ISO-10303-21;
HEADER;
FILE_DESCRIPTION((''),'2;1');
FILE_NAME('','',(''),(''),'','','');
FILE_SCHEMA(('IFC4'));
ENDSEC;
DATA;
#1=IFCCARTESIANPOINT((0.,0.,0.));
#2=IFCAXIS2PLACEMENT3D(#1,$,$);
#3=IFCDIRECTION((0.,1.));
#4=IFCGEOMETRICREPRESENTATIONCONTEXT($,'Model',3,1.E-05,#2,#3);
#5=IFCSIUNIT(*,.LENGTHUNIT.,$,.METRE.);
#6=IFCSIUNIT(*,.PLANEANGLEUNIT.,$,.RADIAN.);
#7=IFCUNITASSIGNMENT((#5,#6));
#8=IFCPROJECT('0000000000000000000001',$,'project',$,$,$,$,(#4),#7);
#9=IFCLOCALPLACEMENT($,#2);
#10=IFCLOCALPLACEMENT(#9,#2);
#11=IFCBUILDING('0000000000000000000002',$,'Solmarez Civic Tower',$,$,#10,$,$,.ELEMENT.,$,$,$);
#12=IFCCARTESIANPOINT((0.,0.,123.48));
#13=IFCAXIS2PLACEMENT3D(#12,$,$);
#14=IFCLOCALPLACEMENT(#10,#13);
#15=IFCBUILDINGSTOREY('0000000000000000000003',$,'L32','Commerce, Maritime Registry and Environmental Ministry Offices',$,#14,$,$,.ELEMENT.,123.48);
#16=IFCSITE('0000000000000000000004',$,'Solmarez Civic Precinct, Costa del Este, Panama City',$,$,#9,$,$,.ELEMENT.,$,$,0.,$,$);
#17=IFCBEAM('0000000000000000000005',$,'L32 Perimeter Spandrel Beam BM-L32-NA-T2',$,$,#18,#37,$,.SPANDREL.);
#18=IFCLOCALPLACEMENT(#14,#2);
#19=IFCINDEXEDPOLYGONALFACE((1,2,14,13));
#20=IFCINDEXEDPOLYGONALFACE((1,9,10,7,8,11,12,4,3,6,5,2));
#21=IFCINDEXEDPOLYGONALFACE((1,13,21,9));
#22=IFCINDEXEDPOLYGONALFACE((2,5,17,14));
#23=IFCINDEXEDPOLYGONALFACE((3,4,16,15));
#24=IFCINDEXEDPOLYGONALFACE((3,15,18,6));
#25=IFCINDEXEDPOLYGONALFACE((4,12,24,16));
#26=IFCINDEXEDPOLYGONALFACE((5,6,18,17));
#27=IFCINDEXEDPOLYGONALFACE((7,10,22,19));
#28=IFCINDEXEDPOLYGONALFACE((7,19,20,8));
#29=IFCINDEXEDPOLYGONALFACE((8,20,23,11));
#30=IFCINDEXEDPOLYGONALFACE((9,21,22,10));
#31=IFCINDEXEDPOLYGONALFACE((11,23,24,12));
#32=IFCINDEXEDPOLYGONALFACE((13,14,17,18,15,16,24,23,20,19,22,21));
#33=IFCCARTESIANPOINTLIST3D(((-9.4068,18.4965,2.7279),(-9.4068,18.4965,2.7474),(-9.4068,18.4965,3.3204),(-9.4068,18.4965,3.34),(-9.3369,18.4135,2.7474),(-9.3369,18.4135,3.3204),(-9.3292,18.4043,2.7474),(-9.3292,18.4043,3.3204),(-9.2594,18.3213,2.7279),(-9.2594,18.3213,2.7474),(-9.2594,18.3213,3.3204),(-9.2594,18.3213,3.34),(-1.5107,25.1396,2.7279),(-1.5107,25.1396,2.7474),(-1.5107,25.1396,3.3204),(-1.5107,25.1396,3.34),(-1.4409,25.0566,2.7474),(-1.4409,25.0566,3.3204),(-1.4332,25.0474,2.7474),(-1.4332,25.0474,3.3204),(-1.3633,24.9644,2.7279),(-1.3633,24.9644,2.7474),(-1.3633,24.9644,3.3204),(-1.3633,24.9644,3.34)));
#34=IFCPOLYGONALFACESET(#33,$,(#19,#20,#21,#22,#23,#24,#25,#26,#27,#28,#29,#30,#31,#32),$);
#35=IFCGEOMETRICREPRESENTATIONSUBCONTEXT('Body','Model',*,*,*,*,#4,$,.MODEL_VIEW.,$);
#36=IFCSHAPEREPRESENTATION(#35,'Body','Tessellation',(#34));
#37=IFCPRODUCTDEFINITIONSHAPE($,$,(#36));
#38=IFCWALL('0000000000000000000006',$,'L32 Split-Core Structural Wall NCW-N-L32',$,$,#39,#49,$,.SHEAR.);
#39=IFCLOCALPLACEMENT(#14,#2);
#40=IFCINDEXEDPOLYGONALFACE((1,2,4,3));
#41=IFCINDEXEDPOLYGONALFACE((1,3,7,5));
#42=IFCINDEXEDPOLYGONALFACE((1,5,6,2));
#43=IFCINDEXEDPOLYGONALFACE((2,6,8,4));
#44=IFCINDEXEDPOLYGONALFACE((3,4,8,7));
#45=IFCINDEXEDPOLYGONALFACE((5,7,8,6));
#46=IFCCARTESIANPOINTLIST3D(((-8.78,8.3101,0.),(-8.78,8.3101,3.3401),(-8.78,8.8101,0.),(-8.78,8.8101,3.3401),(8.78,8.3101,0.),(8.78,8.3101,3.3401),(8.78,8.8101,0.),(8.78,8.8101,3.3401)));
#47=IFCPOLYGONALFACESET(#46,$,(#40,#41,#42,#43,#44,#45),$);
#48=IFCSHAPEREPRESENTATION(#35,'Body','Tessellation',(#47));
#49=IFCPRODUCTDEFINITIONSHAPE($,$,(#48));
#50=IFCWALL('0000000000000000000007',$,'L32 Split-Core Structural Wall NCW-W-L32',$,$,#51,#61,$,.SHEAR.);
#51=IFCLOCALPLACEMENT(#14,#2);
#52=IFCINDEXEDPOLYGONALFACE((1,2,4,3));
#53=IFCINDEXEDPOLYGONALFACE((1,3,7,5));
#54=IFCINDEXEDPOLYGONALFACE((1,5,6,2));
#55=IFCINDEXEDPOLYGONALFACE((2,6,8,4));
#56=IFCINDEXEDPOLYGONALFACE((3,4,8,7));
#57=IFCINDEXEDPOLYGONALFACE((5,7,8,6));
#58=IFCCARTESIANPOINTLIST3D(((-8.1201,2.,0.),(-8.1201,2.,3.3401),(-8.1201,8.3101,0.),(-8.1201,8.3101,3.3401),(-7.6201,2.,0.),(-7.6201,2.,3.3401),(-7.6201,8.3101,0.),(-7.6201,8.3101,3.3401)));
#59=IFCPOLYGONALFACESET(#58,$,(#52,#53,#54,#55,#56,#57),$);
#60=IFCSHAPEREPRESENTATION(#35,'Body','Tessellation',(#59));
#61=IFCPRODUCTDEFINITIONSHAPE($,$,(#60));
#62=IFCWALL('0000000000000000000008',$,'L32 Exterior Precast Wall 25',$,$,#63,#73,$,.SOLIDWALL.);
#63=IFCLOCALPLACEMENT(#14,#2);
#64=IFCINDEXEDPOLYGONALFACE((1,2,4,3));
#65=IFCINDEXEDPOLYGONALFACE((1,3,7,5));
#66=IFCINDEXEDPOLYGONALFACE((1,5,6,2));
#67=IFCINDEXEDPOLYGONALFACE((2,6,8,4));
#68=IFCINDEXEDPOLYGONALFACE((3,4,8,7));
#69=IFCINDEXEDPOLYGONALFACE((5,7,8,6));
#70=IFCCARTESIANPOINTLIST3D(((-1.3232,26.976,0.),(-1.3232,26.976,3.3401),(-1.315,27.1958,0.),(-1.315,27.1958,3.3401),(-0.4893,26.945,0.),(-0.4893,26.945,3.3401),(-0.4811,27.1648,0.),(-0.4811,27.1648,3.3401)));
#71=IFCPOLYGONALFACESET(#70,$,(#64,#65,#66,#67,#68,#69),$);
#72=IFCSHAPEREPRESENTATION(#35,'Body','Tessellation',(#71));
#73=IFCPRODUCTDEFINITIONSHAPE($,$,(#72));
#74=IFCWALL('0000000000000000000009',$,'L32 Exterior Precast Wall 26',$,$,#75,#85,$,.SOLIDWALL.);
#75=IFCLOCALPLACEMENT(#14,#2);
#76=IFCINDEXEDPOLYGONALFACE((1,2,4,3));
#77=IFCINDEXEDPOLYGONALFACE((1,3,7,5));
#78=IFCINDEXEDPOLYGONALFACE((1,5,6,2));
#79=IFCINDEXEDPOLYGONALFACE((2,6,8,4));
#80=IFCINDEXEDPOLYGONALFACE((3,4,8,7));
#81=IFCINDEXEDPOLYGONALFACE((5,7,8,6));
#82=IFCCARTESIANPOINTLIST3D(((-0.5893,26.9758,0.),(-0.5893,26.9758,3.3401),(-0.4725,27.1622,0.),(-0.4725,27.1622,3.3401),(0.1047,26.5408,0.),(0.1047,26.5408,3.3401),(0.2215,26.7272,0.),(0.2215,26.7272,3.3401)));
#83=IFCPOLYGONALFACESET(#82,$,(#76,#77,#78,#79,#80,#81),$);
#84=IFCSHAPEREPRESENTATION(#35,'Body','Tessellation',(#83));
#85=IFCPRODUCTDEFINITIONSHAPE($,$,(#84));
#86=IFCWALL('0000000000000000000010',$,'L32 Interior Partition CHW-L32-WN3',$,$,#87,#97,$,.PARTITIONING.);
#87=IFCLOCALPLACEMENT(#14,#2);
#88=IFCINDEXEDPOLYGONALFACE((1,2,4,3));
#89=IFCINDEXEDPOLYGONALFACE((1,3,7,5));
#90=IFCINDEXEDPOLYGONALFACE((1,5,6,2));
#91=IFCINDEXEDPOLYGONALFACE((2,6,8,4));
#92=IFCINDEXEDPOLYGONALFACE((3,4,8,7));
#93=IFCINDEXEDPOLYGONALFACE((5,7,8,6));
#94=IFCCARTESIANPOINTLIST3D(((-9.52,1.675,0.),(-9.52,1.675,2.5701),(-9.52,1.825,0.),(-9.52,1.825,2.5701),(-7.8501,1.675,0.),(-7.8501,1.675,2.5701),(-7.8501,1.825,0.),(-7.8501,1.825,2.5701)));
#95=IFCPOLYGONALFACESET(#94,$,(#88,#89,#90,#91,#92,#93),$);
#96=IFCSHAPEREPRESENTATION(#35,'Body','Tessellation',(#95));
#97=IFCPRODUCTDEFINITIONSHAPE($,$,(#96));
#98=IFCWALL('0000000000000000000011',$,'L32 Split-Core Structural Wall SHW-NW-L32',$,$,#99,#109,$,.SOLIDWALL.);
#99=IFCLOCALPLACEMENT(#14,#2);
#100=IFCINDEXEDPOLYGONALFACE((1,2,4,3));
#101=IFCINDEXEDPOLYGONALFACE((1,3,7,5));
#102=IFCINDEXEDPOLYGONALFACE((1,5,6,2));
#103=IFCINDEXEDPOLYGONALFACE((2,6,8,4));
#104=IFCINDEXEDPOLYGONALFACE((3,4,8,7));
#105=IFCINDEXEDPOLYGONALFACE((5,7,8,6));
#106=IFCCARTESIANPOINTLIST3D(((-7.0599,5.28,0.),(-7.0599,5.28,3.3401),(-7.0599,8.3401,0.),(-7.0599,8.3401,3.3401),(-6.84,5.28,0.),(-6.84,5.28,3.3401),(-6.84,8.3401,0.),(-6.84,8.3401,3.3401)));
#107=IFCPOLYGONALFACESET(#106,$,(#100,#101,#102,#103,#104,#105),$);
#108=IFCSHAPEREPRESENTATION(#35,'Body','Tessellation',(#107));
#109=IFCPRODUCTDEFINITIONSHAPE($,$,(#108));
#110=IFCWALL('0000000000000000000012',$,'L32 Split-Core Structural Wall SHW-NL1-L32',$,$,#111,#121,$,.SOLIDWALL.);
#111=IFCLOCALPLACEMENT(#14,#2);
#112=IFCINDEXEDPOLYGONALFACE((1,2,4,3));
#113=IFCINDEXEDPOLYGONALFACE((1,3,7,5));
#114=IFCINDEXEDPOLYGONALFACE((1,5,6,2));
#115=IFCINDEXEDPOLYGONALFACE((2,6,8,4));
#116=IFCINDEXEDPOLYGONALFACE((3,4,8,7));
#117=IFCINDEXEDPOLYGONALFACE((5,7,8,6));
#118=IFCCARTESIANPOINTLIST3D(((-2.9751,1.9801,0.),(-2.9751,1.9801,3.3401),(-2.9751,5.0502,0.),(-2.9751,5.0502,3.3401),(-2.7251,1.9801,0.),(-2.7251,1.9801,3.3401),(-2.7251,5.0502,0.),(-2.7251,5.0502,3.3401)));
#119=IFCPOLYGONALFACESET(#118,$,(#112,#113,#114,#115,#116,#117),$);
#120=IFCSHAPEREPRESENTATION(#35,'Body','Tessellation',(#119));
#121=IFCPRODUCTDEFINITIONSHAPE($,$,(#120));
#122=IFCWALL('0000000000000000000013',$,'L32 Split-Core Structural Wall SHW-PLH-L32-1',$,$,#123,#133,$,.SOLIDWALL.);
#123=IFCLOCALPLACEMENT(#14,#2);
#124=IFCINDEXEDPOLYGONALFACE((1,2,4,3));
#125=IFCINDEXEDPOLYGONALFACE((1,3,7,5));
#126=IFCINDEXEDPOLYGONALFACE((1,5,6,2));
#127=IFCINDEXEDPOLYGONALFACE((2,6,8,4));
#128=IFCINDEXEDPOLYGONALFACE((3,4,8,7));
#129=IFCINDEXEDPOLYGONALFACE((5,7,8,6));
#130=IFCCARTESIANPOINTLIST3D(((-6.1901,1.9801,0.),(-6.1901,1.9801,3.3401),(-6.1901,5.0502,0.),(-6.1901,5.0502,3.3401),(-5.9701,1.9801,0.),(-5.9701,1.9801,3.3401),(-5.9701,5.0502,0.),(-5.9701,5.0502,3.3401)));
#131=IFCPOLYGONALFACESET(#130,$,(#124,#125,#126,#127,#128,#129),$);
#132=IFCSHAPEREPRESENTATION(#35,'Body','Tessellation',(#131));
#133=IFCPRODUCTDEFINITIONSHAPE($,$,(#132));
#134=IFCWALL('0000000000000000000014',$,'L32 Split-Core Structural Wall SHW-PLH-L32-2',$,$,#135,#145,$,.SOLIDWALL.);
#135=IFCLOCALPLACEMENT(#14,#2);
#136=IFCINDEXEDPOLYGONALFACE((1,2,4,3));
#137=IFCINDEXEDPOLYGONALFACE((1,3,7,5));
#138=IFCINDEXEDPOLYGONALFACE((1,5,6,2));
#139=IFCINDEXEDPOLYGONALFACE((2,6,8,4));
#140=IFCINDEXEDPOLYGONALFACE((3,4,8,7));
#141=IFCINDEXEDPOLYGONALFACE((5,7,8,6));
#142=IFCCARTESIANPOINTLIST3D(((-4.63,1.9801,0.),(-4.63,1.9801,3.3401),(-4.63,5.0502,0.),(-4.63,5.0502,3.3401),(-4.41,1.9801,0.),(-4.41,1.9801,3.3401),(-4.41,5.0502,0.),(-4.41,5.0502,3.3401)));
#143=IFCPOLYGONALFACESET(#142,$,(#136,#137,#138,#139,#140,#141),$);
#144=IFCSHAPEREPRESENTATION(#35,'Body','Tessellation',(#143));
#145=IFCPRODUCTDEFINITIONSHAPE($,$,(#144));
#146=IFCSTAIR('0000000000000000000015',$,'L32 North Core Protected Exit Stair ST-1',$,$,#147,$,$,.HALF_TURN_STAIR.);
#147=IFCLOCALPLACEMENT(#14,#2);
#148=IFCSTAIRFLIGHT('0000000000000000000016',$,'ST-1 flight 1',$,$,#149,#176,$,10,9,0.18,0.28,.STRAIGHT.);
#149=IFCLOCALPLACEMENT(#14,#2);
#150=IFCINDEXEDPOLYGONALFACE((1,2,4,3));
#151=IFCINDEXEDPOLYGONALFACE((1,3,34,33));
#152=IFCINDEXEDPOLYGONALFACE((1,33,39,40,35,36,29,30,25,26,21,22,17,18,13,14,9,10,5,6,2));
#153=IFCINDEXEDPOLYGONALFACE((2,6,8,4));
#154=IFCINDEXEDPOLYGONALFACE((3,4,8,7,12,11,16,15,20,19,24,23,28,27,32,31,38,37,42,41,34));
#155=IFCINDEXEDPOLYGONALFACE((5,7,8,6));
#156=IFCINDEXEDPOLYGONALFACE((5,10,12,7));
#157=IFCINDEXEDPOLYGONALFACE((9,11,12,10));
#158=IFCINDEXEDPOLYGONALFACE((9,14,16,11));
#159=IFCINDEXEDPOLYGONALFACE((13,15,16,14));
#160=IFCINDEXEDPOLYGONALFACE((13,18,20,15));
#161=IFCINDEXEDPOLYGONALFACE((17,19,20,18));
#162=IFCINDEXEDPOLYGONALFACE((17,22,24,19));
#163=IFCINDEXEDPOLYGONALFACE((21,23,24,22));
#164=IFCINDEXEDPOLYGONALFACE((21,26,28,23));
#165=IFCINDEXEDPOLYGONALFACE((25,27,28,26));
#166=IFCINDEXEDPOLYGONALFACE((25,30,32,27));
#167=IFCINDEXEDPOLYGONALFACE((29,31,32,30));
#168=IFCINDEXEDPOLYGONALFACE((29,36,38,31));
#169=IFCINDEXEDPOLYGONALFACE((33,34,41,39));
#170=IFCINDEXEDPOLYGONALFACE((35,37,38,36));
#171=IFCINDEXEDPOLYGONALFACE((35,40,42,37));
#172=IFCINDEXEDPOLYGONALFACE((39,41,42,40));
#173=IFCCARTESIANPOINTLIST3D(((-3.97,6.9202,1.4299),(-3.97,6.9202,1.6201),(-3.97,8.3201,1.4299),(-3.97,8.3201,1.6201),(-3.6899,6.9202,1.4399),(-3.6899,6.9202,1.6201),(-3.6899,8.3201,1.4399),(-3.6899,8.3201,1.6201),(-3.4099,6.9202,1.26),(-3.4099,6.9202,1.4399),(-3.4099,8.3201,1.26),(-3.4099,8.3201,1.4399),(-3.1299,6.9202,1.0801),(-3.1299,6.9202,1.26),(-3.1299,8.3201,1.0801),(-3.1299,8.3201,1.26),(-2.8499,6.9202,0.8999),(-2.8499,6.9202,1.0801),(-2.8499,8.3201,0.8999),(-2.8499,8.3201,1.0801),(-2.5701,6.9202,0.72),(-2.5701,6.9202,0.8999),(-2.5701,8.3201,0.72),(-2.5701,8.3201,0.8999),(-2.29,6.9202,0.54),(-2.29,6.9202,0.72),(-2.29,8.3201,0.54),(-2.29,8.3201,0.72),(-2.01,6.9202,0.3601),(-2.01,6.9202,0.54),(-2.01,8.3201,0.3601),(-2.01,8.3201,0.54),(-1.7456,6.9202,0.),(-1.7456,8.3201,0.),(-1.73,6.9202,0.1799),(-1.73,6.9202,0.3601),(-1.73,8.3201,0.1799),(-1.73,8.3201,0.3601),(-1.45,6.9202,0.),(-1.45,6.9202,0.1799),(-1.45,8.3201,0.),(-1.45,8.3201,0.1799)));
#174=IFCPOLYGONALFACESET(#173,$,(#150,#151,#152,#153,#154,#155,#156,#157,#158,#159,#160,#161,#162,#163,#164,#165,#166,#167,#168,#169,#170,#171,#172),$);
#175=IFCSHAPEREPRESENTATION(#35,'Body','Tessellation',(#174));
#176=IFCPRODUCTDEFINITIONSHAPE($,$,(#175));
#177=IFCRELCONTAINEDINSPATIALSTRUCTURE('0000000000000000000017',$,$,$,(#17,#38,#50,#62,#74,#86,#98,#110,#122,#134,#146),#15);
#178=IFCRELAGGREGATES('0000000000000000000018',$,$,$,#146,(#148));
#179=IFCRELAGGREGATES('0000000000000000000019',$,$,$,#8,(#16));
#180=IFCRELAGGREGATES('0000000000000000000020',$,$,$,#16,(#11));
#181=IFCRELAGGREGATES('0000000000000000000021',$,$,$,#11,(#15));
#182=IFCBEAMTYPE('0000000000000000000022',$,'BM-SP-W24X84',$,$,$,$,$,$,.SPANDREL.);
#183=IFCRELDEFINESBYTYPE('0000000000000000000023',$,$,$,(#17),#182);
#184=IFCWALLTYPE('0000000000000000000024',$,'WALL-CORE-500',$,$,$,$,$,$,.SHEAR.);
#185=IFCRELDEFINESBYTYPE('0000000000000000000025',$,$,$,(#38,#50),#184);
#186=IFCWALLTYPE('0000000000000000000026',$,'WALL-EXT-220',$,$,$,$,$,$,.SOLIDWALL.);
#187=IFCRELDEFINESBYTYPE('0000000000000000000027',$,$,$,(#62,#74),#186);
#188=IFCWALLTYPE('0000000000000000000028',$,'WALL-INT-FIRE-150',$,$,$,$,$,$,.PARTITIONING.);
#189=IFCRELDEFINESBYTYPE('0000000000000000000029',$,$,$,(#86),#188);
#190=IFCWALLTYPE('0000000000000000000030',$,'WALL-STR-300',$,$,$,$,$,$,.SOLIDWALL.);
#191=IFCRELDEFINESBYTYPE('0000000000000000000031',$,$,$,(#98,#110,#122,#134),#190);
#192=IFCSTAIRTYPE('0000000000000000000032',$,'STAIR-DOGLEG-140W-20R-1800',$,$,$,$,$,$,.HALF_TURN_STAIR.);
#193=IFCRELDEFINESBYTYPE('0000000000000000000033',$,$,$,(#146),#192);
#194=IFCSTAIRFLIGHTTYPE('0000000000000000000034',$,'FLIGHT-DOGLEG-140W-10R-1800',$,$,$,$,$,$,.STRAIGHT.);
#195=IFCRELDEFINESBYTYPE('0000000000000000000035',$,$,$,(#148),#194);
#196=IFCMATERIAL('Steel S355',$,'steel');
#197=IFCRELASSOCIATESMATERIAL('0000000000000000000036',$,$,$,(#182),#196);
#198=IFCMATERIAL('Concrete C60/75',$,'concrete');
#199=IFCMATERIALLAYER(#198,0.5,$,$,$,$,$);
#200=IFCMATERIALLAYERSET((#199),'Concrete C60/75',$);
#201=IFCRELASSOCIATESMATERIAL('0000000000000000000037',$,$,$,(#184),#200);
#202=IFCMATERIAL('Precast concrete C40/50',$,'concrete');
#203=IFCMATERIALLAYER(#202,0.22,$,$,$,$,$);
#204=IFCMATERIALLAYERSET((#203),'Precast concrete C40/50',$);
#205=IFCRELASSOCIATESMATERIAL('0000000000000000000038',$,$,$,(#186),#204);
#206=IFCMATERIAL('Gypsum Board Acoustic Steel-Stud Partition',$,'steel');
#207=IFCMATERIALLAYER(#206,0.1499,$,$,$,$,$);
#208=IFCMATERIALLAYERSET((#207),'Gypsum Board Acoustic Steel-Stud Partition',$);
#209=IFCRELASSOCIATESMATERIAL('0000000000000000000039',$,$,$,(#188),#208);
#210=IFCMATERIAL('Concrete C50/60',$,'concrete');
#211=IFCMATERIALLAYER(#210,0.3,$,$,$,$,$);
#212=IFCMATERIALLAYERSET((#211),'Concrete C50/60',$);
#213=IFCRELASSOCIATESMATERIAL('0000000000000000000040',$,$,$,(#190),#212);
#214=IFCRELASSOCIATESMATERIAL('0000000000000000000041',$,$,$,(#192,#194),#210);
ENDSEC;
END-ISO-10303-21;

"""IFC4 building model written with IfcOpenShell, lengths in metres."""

from ifc_helpers import new_model, si_unit, direction, frame, frame_2d, origin, origin_2d, place, context, subcontext, project, spatial, polyline, rectangle, i_section, outline, extrude, material, layer, layer_set, material_profile, profile_set, type_object, element, aggregate, save


model = new_model("IFC4")

# Units and contexts
model_context = context("Model", 3, precision=1e-05, world=origin(), true_north=direction((0.0, 1.0)))
body_context = subcontext(model_context, "Body", "Model", "MODEL_VIEW")
ifc_project = project(units=[si_unit("LENGTHUNIT", "METRE"), si_unit("PLANEANGLEUNIT", "RADIAN")], contexts=[model_context])

# Site, building, storey
site_placement = place(None, origin())
site = spatial("IfcSite", under=ifc_project, at=site_placement, Name="Solmarez Civic Precinct, Costa del Este, Panama City", CompositionType="ELEMENT", RefElevation=0.0)
building_placement = place(site_placement, origin())
building = spatial("IfcBuilding", under=site, at=building_placement, Name="Solmarez Civic Tower", CompositionType="ELEMENT")
storey_placement = place(building_placement, frame((0.0, 0.0, 123.48)))
storey = spatial("IfcBuildingStorey", under=building, at=storey_placement, Name="L32", Description="Commerce, Maritime Registry and Environmental Ministry Offices", CompositionType="ELEMENT", Elevation=123.48)

# Shared definitions
ifc_material_1 = material(Name="Concrete C50/60", Category="concrete")

# Beam
ifc_material_2 = material(Name="Steel S355", Category="steel")
ifc_material_profile_1 = material_profile(ifc_material_2, i_section(OverallWidth=0.229, OverallDepth=0.6121, WebThickness=0.012, FlangeThickness=0.0195, at=origin_2d()), Name="W24X84")
ifc_profile_set_1 = profile_set([ifc_material_profile_1], Name="Steel S355")
beam_type_1 = type_object("IfcBeamType", Name="BM-SP-W24X84", PredefinedType="SPANDREL", material=ifc_profile_set_1)
beam_1_placement = place(storey_placement, frame((-1.437, 25.052, 3.0339), z_axis=(-0.765207, -0.643784, 0.0), x_axis=(0.643784, -0.765207, 0.0)))
element("IfcBeam", 1, at=beam_1_placement, inside=storey, type_object=beam_type_1, Name="L32 Perimeter Spandrel Beam BM-L32-NA-T2", PredefinedType="SPANDREL", context=body_context, shape_type="SweptSolid", body=[
    extrude(i_section(OverallWidth=0.229, OverallDepth=0.6121, WebThickness=0.012, FlangeThickness=0.0195, at=origin_2d()), origin(), (0.0, 0.0, 1.0), 10.3188),
])

# Walls
ifc_material_3 = material(Name="Concrete C60/75", Category="concrete")
ifc_layer_1 = layer(ifc_material_3, 0.5)
ifc_layer_set_1 = layer_set([ifc_layer_1], Name="Concrete C60/75")
wall_type_1 = type_object("IfcWallType", Name="WALL-CORE-500", PredefinedType="SHEAR", material=ifc_layer_set_1)
wall_1_placement = place(storey_placement, frame((-8.78, 8.5601, 0.0), z_axis=(0.0, 0.0, 1.0), x_axis=(1.0, 0.0, 0.0)))
element("IfcWall", 2, at=wall_1_placement, inside=storey, type_object=wall_type_1, Name="L32 Split-Core Structural Wall NCW-N-L32", PredefinedType="SHEAR", context=body_context, shape_type="SweptSolid", body=[
    extrude(rectangle(XDim=17.5601, YDim=0.5, at=frame_2d((8.78, 0.0))), origin(), (0.0, 0.0, 1.0), 3.3401),
])
wall_2_placement = place(storey_placement, frame((-7.8701, 2.0, 0.0), z_axis=(0.0, 0.0, 1.0), x_axis=(0.0, 1.0, 0.0)))
element("IfcWall", 3, at=wall_2_placement, inside=storey, type_object=wall_type_1, Name="L32 Split-Core Structural Wall NCW-W-L32", PredefinedType="SHEAR", context=body_context, shape_type="SweptSolid", body=[
    extrude(rectangle(XDim=6.3101, YDim=0.5, at=frame_2d((3.155, 0.0))), origin(), (0.0, 0.0, 1.0), 3.3401),
])
ifc_material_4 = material(Name="Precast concrete C40/50", Category="concrete")
ifc_layer_2 = layer(ifc_material_4, 0.22)
ifc_layer_set_2 = layer_set([ifc_layer_2], Name="Precast concrete C40/50")
wall_type_2 = type_object("IfcWallType", Name="WALL-EXT-220", PredefinedType="SOLIDWALL", material=ifc_layer_set_2)
wall_3_placement = place(storey_placement, frame((-1.3191, 27.0859, 0.0), z_axis=(0.0, 0.0, 1.0), x_axis=(0.99931, -0.037152, 0.0)))
element("IfcWall", 4, at=wall_3_placement, inside=storey, type_object=wall_type_2, Name="L32 Exterior Precast Wall 25", PredefinedType="SOLIDWALL", context=body_context, shape_type="SweptSolid", body=[
    extrude(rectangle(XDim=0.8345, YDim=0.22, at=frame_2d((0.4172, 0.0))), origin(), (0.0, 0.0, 1.0), 3.3401),
])
wall_4_placement = place(storey_placement, frame((-0.531, 27.0691, 0.0), z_axis=(0.0, 0.0, 1.0), x_axis=(0.847311, -0.531097, 0.0)))
element("IfcWall", 5, at=wall_4_placement, inside=storey, type_object=wall_type_2, Name="L32 Exterior Precast Wall 26", PredefinedType="SOLIDWALL", context=body_context, shape_type="SweptSolid", body=[
    extrude(rectangle(XDim=0.8191, YDim=0.22, at=frame_2d((0.4097, 0.0))), origin(), (0.0, 0.0, 1.0), 3.3401),
])
ifc_material_5 = material(Name="Gypsum Board Acoustic Steel-Stud Partition", Category="steel")
ifc_layer_3 = layer(ifc_material_5, 0.1499)
ifc_layer_set_3 = layer_set([ifc_layer_3], Name="Gypsum Board Acoustic Steel-Stud Partition")
wall_type_3 = type_object("IfcWallType", Name="WALL-INT-FIRE-150", PredefinedType="PARTITIONING", material=ifc_layer_set_3)
wall_5_placement = place(storey_placement, frame((-7.8501, 1.75, 0.0), z_axis=(0.0, 0.0, 1.0), x_axis=(-1.0, 0.0, 0.0)))
element("IfcWall", 6, at=wall_5_placement, inside=storey, type_object=wall_type_3, Name="L32 Interior Partition CHW-L32-WN3", PredefinedType="PARTITIONING", context=body_context, shape_type="SweptSolid", body=[
    extrude(rectangle(XDim=1.6699, YDim=0.1499, at=frame_2d((0.835, 0.0))), origin(), (0.0, 0.0, 1.0), 2.5701),
])
ifc_layer_4 = layer(ifc_material_1, 0.3)
ifc_layer_set_4 = layer_set([ifc_layer_4], Name="Concrete C50/60")
wall_type_4 = type_object("IfcWallType", Name="WALL-STR-300", PredefinedType="SOLIDWALL", material=ifc_layer_set_4)
wall_6_placement = place(storey_placement, frame((-6.95, 5.28, 0.0), z_axis=(0.0, 0.0, 1.0), x_axis=(0.0, 1.0, 0.0)))
element("IfcWall", 7, at=wall_6_placement, inside=storey, type_object=wall_type_4, Name="L32 Split-Core Structural Wall SHW-NW-L32", PredefinedType="SOLIDWALL", context=body_context, shape_type="SweptSolid", body=[
    extrude(rectangle(XDim=3.0601, YDim=0.22, at=frame_2d((1.53, 0.0))), origin(), (0.0, 0.0, 1.0), 3.3401),
])
wall_7_placement = place(storey_placement, frame((-2.8501, 1.98, 0.0), z_axis=(0.0, 0.0, 1.0), x_axis=(0.0, 1.0, 0.0)))
element("IfcWall", 8, at=wall_7_placement, inside=storey, type_object=wall_type_4, Name="L32 Split-Core Structural Wall SHW-NL1-L32", PredefinedType="SOLIDWALL", context=body_context, shape_type="SweptSolid", body=[
    extrude(rectangle(XDim=3.0701, YDim=0.25, at=frame_2d((1.5352, 0.0))), origin(), (0.0, 0.0, 1.0), 3.3401),
])
for number, where, z_axis, x_axis, name in (
    (9, (-6.0801, 1.98, 0.0), (0.0, 0.0, 1.0), (0.0, 1.0, 0.0), "L32 Split-Core Structural Wall SHW-PLH-L32-1"),
    (10, (-4.52, 1.98, 0.0), (0.0, 0.0, 1.0), (0.0, 1.0, 0.0), "L32 Split-Core Structural Wall SHW-PLH-L32-2"),
):
    element("IfcWall", number, at=place(storey_placement, frame(where, z_axis=z_axis, x_axis=x_axis)), inside=storey, type_object=wall_type_4, Name=name, PredefinedType="SOLIDWALL", context=body_context, shape_type="SweptSolid", body=[
        extrude(rectangle(XDim=3.0701, YDim=0.22, at=frame_2d((1.5352, 0.0))), origin(), (0.0, 0.0, 1.0), 3.3401),
    ])

# Stair, stair flight
stair_type = type_object("IfcStairType", Name="STAIR-DOGLEG-140W-20R-1800", PredefinedType="HALF_TURN_STAIR", material=ifc_material_1)
stair_placement = place(storey_placement, origin())
stair = element("IfcStair", 11, at=stair_placement, inside=storey, type_object=stair_type, Name="L32 North Core Protected Exit Stair ST-1", PredefinedType="HALF_TURN_STAIR")
stair_flight_type = type_object("IfcStairFlightType", Name="FLIGHT-DOGLEG-140W-10R-1800", PredefinedType="STRAIGHT", material=ifc_material_1)
stair_flight_1_placement = place(storey_placement, frame((-1.45, 7.6201, 0.0), z_axis=(0.0, 0.0, 1.0), x_axis=(-1.0, 0.0, 0.0)))
stair_flight_1 = element("IfcStairFlight", 12, at=stair_flight_1_placement, type_object=stair_flight_type, Name="ST-1 flight 1", NumberOfRisers=10, NumberOfTreads=9, PredefinedType="STRAIGHT", RiserHeight=0.18, TreadLength=0.28, context=body_context, shape_type="SweptSolid", body=[
    extrude(outline(polyline([(0.0, 0.0), (0.0, 0.1799), (0.28, 0.1799), (0.28, 0.3601), (0.5601, 0.3601), (0.5601, 0.54), (0.8401, 0.54), (0.8401, 0.72), (1.1201, 0.72), (1.1201, 0.8999), (1.3999, 0.8999), (1.3999, 1.0801), (1.6799, 1.0801), (1.6799, 1.26), (1.96, 1.26), (1.96, 1.4399), (2.24, 1.4399), (2.24, 1.6201), (2.52, 1.6201), (2.52, 1.8), (2.52, 1.4299), (0.2957, 0.0), (0.0, 0.0)])), frame((0.0, 0.7, 0.0), z_axis=(0.0, -1.0, 0.0), x_axis=(1.0, 0.0, 0.0)), (0.0, 0.0, 1.0), 1.3999),
])
aggregate(stair, [stair_flight_1])

save(model, "model.ifc")
